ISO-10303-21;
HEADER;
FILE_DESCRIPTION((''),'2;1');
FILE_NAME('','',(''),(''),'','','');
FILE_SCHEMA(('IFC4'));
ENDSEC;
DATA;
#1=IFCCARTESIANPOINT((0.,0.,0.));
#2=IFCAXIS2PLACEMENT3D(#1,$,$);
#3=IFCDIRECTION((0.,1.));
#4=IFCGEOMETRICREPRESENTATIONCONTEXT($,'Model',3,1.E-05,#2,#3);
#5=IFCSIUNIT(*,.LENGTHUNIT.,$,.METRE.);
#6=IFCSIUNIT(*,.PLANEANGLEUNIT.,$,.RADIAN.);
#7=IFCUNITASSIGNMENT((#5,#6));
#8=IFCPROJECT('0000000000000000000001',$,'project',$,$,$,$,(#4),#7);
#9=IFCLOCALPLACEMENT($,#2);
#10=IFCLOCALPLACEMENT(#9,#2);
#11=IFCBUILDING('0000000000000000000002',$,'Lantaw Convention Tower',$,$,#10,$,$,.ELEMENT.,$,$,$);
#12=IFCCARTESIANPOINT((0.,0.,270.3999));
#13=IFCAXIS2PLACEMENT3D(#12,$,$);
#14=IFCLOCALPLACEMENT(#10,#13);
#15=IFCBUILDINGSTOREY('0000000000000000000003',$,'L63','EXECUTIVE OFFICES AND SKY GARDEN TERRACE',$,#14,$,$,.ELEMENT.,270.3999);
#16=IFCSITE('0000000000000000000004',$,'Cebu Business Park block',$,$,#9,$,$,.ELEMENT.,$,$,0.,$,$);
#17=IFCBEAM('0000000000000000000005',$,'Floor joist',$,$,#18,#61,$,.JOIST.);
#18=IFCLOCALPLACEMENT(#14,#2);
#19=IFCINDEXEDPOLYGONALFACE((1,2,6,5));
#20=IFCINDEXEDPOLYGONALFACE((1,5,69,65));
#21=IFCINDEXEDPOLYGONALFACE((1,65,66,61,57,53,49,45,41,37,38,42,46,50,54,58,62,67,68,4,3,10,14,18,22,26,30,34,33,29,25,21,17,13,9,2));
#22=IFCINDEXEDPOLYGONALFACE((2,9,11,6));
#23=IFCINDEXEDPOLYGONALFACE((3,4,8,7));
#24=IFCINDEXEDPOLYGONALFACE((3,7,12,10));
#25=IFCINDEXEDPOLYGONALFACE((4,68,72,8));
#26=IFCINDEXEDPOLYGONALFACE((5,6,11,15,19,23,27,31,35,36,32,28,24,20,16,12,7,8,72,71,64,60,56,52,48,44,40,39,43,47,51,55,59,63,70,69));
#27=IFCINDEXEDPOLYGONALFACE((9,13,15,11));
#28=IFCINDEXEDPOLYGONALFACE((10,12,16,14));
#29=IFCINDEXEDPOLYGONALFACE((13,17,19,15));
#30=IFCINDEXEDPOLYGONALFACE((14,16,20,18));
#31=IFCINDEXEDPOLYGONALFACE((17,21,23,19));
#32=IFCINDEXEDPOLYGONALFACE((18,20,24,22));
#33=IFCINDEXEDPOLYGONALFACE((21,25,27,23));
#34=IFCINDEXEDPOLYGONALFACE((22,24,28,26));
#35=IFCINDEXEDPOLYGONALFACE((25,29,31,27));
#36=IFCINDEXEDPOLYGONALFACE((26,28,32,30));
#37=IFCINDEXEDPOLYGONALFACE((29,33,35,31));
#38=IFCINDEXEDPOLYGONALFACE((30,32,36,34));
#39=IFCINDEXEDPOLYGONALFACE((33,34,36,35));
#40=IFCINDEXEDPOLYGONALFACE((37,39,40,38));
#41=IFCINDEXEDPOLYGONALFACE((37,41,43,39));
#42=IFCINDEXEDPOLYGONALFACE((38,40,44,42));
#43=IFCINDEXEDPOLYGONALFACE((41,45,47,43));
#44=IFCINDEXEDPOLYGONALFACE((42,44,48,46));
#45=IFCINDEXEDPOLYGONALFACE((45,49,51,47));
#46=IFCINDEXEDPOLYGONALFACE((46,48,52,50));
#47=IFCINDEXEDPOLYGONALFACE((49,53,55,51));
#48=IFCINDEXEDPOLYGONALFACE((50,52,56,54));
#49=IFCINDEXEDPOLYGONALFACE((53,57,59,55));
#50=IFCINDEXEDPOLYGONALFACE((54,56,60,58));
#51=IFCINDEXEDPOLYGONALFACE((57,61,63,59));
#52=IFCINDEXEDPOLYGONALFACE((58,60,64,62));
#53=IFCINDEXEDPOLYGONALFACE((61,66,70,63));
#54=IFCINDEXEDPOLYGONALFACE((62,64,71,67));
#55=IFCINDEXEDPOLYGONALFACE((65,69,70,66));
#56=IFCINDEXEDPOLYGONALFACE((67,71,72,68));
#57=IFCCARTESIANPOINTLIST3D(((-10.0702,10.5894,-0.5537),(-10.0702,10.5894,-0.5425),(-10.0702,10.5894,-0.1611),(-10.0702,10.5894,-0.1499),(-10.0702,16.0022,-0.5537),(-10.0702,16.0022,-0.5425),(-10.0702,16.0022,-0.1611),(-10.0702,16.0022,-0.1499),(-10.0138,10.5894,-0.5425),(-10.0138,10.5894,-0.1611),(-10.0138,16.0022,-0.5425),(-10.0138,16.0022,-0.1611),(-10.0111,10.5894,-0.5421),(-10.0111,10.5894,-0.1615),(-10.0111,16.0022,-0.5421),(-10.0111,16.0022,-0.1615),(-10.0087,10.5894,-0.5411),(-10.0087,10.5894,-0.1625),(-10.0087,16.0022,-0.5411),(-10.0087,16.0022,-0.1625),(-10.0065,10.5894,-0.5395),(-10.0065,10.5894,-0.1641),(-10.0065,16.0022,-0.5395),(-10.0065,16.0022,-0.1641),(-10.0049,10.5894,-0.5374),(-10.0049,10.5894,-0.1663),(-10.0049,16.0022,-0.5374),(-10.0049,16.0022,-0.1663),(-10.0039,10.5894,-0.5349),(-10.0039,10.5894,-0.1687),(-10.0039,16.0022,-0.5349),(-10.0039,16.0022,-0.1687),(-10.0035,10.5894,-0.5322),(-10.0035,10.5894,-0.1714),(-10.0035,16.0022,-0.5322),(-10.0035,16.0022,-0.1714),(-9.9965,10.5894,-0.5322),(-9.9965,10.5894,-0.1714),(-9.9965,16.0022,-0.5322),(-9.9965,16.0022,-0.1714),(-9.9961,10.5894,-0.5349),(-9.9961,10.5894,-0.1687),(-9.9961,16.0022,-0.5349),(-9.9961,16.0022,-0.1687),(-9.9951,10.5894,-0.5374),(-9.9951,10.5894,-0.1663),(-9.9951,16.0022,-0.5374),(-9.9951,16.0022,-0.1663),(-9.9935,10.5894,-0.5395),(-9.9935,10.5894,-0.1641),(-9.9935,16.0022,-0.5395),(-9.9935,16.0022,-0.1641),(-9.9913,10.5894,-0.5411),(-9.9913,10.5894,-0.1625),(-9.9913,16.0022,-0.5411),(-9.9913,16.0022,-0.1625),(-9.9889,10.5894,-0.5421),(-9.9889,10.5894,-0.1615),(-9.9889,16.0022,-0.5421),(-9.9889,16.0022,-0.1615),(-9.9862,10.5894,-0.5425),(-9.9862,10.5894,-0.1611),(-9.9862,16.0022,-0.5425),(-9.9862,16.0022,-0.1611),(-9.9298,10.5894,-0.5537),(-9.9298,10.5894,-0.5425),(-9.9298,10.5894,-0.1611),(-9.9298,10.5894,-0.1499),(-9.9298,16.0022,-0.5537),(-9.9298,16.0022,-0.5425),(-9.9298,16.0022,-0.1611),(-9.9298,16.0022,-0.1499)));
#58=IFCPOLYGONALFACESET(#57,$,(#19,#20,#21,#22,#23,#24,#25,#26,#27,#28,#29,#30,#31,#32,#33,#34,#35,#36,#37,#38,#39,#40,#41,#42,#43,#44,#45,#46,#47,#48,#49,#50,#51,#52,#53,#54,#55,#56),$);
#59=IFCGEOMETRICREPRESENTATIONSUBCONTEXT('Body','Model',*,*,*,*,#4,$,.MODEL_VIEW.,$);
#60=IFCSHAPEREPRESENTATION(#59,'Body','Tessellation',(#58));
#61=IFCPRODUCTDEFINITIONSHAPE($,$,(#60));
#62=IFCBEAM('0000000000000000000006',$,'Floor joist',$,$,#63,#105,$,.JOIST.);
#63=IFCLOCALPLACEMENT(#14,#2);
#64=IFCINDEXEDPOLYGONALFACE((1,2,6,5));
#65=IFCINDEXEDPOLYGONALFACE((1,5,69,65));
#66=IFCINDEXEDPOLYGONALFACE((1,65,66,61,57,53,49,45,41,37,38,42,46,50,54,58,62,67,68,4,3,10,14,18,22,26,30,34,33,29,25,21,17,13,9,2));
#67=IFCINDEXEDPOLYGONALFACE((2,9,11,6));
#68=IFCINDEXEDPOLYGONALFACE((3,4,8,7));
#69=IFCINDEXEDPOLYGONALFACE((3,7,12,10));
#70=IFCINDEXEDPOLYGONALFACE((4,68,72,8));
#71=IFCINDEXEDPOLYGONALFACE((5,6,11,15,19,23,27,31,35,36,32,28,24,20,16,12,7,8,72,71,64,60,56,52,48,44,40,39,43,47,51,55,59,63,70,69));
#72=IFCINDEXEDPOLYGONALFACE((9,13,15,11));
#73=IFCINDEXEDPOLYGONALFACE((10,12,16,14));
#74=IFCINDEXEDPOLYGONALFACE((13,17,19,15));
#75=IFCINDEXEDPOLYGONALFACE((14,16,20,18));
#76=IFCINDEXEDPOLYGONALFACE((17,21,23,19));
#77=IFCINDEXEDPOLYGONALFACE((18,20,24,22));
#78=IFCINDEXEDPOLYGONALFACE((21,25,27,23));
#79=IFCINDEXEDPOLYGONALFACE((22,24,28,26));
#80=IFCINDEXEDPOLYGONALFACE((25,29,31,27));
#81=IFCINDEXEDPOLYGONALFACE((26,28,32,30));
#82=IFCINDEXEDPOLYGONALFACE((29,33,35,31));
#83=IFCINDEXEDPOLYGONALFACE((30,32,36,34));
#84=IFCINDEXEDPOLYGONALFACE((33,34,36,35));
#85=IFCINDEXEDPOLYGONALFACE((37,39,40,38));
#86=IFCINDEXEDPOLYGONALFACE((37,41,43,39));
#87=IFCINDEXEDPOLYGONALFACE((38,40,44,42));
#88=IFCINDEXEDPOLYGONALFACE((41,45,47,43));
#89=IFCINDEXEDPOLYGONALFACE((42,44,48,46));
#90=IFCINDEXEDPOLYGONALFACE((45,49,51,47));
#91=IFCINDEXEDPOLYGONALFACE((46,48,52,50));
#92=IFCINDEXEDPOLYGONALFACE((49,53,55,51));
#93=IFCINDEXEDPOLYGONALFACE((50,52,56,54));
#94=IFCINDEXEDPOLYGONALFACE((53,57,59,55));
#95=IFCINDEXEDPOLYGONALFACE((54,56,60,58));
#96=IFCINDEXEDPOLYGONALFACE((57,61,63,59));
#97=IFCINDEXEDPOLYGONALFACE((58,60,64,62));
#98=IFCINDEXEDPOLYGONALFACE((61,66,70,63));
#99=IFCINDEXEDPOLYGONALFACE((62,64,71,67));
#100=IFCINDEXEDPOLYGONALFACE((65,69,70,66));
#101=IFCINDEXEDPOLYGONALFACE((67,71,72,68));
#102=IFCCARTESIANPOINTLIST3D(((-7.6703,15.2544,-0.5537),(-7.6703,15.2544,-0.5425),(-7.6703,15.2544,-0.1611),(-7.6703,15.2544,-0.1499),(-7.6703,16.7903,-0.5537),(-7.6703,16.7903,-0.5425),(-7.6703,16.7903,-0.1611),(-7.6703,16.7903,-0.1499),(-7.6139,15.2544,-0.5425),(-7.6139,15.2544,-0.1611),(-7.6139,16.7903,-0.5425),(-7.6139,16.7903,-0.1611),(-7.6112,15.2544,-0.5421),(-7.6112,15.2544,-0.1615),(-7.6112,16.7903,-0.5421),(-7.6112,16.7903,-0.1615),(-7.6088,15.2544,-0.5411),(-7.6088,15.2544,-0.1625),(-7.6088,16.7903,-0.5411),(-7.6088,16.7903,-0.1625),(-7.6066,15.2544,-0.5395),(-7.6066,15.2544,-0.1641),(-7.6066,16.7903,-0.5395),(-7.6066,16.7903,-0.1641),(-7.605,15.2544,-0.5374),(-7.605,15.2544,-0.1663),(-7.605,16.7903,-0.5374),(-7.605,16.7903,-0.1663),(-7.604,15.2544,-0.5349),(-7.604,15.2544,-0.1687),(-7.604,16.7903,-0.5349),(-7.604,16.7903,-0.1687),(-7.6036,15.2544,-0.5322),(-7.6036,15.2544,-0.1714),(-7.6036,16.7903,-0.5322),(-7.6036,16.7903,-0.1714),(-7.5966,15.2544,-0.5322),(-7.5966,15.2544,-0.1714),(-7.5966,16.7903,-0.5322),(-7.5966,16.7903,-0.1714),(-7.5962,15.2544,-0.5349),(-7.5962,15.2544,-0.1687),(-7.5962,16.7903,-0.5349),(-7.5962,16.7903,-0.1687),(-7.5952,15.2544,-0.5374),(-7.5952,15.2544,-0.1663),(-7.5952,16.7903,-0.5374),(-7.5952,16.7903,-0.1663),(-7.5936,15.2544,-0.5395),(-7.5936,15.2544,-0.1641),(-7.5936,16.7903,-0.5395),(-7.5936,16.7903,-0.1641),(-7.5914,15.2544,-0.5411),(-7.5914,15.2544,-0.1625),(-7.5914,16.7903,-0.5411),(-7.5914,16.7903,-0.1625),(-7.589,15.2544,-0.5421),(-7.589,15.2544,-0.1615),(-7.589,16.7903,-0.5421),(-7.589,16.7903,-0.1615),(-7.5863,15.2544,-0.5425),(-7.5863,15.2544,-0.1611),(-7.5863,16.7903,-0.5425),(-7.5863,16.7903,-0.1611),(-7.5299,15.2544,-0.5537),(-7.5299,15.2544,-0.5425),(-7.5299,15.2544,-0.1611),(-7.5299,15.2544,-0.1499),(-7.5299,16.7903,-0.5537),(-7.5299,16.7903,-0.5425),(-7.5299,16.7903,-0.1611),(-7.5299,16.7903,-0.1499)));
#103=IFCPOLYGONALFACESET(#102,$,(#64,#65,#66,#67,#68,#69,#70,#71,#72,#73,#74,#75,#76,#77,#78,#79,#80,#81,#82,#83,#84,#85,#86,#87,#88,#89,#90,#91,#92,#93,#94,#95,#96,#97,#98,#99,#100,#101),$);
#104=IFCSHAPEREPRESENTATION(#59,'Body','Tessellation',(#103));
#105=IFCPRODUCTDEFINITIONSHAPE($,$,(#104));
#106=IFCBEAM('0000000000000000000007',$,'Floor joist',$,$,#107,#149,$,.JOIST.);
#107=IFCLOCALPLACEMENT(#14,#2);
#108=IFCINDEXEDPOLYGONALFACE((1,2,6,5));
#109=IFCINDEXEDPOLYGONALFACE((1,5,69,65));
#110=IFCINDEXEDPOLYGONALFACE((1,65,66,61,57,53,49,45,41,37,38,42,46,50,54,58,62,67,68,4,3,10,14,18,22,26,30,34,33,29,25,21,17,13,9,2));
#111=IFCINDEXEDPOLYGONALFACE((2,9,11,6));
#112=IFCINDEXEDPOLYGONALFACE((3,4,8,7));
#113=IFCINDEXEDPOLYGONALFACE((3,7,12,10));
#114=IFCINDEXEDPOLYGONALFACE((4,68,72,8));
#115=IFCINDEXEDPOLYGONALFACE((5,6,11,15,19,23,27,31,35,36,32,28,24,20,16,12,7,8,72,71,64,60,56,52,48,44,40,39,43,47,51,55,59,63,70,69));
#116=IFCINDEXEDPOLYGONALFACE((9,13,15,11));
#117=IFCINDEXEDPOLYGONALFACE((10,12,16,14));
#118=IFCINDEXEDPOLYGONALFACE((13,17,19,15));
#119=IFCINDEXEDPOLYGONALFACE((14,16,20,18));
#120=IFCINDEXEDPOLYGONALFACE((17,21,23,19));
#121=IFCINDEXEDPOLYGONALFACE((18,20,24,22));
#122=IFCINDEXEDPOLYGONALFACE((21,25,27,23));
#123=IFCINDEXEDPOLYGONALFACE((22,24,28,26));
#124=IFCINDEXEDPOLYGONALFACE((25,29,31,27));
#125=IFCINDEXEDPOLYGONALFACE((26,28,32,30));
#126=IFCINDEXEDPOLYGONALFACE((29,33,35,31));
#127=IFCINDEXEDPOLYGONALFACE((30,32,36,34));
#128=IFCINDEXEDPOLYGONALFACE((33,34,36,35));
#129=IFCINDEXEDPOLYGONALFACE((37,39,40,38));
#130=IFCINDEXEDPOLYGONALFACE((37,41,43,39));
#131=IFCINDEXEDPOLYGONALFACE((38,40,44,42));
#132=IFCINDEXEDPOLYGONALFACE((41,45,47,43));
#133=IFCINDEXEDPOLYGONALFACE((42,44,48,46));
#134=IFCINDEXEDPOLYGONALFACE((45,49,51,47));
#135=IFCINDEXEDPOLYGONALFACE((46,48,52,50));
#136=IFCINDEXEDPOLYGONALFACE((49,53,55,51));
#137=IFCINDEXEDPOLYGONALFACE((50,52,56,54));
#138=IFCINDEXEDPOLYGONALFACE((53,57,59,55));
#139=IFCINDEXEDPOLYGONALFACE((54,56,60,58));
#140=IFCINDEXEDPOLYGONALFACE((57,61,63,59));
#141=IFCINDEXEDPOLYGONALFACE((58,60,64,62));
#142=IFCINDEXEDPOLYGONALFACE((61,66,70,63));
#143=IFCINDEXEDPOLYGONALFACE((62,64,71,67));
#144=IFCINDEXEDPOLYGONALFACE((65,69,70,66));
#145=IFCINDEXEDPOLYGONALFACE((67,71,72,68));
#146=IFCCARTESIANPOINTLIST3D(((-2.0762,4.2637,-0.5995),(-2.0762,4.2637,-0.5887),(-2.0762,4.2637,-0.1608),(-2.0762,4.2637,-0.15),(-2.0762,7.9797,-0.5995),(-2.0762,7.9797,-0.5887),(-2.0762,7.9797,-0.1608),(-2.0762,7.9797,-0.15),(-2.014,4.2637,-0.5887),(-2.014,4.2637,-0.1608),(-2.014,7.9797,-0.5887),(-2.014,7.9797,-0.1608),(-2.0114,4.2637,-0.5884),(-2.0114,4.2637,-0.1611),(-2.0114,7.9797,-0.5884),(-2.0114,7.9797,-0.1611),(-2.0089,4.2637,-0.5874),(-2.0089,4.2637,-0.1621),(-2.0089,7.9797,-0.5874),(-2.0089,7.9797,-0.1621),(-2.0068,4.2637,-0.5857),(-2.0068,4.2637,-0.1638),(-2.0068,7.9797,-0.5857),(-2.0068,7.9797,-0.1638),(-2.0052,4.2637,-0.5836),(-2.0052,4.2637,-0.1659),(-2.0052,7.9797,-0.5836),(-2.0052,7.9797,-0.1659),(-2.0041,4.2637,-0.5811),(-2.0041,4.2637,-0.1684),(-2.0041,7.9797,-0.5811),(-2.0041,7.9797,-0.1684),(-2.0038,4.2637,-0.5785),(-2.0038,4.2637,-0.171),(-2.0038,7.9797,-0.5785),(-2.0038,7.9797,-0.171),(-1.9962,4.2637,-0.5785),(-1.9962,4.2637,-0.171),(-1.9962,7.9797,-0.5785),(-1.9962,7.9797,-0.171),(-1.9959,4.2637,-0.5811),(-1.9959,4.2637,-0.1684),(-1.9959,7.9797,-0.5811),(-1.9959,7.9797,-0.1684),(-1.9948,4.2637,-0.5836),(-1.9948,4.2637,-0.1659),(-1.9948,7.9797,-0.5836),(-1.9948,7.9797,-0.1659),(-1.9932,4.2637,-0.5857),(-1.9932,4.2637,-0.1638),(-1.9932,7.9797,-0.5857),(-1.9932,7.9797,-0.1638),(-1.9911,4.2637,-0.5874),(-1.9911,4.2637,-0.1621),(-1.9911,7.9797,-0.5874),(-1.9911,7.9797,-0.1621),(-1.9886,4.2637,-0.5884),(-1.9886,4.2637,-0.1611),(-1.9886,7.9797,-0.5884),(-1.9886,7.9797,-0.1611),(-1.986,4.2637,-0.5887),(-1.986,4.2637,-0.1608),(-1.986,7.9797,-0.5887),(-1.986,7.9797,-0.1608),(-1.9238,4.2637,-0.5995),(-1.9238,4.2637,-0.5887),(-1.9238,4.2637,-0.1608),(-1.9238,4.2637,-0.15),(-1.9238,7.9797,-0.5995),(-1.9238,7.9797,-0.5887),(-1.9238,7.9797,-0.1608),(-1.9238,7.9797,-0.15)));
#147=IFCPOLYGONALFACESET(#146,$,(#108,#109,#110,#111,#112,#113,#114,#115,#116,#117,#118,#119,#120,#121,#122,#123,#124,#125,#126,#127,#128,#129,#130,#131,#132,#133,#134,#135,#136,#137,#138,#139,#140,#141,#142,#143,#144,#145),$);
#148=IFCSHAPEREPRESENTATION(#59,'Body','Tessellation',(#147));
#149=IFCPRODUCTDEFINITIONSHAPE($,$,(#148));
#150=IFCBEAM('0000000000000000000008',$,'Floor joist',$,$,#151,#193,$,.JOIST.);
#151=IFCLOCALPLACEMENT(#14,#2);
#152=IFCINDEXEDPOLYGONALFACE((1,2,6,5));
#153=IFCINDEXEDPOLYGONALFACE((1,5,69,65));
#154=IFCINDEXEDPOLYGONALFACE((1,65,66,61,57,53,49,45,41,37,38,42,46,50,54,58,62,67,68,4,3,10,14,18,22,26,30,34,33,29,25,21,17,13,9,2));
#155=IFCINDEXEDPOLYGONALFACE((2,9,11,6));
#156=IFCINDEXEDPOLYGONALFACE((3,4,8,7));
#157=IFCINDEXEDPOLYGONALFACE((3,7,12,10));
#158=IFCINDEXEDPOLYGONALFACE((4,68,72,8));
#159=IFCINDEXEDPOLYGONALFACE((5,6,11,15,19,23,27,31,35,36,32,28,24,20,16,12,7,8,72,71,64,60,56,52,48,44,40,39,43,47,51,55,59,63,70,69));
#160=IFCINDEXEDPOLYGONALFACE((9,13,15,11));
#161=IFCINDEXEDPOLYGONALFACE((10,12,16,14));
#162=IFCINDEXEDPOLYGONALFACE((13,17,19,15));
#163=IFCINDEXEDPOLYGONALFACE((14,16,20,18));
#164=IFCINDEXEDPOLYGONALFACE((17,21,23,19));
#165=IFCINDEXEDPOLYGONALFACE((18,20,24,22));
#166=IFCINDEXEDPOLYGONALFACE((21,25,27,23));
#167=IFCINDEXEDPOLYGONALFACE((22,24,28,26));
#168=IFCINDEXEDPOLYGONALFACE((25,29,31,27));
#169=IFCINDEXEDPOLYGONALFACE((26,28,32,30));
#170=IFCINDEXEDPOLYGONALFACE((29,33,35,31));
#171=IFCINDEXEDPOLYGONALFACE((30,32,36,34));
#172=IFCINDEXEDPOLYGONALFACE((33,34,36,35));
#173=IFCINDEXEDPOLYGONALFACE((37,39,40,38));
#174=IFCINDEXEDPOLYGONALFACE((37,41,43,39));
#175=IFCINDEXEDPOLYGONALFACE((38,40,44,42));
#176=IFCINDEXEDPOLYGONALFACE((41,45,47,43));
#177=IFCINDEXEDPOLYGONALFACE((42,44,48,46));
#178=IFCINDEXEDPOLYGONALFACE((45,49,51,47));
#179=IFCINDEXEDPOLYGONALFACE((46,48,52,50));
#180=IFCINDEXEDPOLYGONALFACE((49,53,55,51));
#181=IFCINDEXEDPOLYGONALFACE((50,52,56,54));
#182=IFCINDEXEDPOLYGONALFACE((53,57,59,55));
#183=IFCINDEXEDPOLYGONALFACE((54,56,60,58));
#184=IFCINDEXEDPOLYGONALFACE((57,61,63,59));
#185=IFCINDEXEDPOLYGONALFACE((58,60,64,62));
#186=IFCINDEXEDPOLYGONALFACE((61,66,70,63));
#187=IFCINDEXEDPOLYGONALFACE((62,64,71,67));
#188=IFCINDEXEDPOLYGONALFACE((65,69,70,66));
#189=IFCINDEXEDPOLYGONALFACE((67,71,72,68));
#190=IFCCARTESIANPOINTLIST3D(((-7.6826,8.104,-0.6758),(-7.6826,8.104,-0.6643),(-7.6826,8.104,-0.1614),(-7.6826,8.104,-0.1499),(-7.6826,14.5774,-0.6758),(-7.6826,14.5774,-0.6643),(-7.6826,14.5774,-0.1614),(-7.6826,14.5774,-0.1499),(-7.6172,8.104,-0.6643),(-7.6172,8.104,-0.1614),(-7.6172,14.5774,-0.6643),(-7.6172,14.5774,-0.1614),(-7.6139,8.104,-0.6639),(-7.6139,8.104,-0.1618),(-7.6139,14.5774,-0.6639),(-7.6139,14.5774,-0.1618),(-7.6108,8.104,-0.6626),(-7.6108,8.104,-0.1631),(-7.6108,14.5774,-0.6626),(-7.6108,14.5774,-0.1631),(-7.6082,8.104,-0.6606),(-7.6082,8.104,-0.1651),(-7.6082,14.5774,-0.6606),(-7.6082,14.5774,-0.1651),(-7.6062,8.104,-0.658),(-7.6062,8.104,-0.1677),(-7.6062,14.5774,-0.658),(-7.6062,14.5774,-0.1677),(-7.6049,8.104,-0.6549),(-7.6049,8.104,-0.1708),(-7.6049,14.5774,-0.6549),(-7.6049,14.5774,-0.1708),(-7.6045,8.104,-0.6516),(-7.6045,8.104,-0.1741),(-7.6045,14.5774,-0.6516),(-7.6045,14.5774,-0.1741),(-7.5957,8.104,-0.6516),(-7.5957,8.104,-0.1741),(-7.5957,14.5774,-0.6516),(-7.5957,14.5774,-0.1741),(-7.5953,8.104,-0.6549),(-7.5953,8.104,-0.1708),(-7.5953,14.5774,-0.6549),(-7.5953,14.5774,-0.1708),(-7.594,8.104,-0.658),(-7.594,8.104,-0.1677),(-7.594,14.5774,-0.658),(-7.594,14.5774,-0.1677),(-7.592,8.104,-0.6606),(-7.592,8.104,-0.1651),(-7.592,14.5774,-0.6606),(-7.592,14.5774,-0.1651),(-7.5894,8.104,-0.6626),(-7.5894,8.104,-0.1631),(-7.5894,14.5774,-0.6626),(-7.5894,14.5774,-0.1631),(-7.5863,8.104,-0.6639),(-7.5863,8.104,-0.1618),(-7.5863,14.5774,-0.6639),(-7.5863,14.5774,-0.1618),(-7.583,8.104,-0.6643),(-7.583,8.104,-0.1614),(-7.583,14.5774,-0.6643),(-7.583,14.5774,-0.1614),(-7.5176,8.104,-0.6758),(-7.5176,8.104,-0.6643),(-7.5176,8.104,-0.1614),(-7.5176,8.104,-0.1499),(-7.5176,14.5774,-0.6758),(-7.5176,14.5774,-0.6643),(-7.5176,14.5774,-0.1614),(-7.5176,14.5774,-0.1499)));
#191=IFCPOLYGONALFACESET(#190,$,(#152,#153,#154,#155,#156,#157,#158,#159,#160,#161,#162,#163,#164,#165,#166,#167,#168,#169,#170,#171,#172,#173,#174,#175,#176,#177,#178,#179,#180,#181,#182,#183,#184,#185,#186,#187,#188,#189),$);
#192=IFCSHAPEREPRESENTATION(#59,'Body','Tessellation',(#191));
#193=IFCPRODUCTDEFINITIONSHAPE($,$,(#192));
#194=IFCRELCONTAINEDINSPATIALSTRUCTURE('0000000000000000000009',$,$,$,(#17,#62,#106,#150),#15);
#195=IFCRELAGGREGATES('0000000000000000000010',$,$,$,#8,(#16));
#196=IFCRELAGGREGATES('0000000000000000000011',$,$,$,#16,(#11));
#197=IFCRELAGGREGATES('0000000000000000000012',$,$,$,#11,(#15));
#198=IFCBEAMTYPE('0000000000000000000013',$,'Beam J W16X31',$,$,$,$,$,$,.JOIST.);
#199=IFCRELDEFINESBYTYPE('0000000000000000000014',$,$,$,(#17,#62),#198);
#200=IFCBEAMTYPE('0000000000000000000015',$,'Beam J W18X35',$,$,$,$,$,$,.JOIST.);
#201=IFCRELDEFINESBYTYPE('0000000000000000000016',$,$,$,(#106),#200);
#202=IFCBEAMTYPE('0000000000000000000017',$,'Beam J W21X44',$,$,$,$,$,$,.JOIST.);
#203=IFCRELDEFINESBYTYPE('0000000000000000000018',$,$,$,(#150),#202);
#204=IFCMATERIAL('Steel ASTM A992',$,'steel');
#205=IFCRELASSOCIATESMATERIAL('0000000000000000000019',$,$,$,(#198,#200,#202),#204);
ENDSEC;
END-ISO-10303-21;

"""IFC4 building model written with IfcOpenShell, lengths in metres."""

from ifc_helpers import new_model, si_unit, direction, frame, origin, origin_2d, place, context, subcontext, project, spatial, i_section, extrude, material, material_profile, profile_set, type_object, element, save


model = new_model("IFC4")

# Units and contexts
model_context = context("Model", 3, precision=1e-05, world=origin(), true_north=direction((0.0, 1.0)))
body_context = subcontext(model_context, "Body", "Model", "MODEL_VIEW")
ifc_project = project(units=[si_unit("LENGTHUNIT", "METRE"), si_unit("PLANEANGLEUNIT", "RADIAN")], contexts=[model_context])

# Site, building, storey
site_placement = place(None, origin())
site = spatial("IfcSite", under=ifc_project, at=site_placement, Name="Cebu Business Park block", CompositionType="ELEMENT", RefElevation=0.0)
building_placement = place(site_placement, origin())
building = spatial("IfcBuilding", under=site, at=building_placement, Name="Lantaw Convention Tower", CompositionType="ELEMENT")
storey_placement = place(building_placement, frame((0.0, 0.0, 270.3999)))
storey = spatial("IfcBuildingStorey", under=building, at=storey_placement, Name="L63", Description="EXECUTIVE OFFICES AND SKY GARDEN TERRACE", CompositionType="ELEMENT", Elevation=270.3999)

# Beams
ifc_material_1 = material(Name="Steel ASTM A992", Category="steel")
ifc_material_profile_1 = material_profile(ifc_material_1, i_section(OverallWidth=0.1404, OverallDepth=0.4038, WebThickness=0.0071, FlangeThickness=0.0112, FilletRadius=0.0103, at=origin_2d()), Name="W16X31")
ifc_profile_set_1 = profile_set([ifc_material_profile_1], Name="Steel ASTM A992")
beam_type_1 = type_object("IfcBeamType", Name="Beam J W16X31", PredefinedType="JOIST", material=ifc_profile_set_1)
beam_1_placement = place(storey_placement, frame((-10.0, 10.5894, -0.3518), z_axis=(0.0, 1.0, 0.0), x_axis=(-1.0, 0.0, 0.0)))
element("IfcBeam", 1, at=beam_1_placement, inside=storey, type_object=beam_type_1, Name="Floor joist", PredefinedType="JOIST", context=body_context, shape_type="SweptSolid", body=[
    extrude(i_section(OverallWidth=0.1404, OverallDepth=0.4038, WebThickness=0.0071, FlangeThickness=0.0112, FilletRadius=0.0103, at=origin_2d()), origin(), (0.0, 0.0, 1.0), 5.4128),
])
beam_2_placement = place(storey_placement, frame((-7.6001, 15.2544, -0.3518), z_axis=(0.0, 1.0, 0.0), x_axis=(-1.0, 0.0, 0.0)))
element("IfcBeam", 2, at=beam_2_placement, inside=storey, type_object=beam_type_1, Name="Floor joist", PredefinedType="JOIST", context=body_context, shape_type="SweptSolid", body=[
    extrude(i_section(OverallWidth=0.1404, OverallDepth=0.4038, WebThickness=0.0071, FlangeThickness=0.0112, FilletRadius=0.0103, at=origin_2d()), origin(), (0.0, 0.0, 1.0), 1.5359),
])
ifc_material_profile_2 = material_profile(ifc_material_1, i_section(OverallWidth=0.1523, OverallDepth=0.4495, WebThickness=0.0076, FlangeThickness=0.0107, FilletRadius=0.0103, at=origin_2d()), Name="W18X35")
ifc_profile_set_2 = profile_set([ifc_material_profile_2], Name="Steel ASTM A992")
beam_type_2 = type_object("IfcBeamType", Name="Beam J W18X35", PredefinedType="JOIST", material=ifc_profile_set_2)
beam_3_placement = place(storey_placement, frame((-2.0, 4.2637, -0.3748), z_axis=(0.0, 1.0, 0.0), x_axis=(-1.0, 0.0, 0.0)))
element("IfcBeam", 3, at=beam_3_placement, inside=storey, type_object=beam_type_2, Name="Floor joist", PredefinedType="JOIST", context=body_context, shape_type="SweptSolid", body=[
    extrude(i_section(OverallWidth=0.1523, OverallDepth=0.4495, WebThickness=0.0076, FlangeThickness=0.0107, FilletRadius=0.0103, at=origin_2d()), origin(), (0.0, 0.0, 1.0), 3.7161),
])
ifc_material_profile_3 = material_profile(ifc_material_1, i_section(OverallWidth=0.165, OverallDepth=0.5259, WebThickness=0.0088, FlangeThickness=0.0115, FilletRadius=0.0127, at=origin_2d()), Name="W21X44")
ifc_profile_set_3 = profile_set([ifc_material_profile_3], Name="Steel ASTM A992")
beam_type_3 = type_object("IfcBeamType", Name="Beam J W21X44", PredefinedType="JOIST", material=ifc_profile_set_3)
beam_4_placement = place(storey_placement, frame((-7.6001, 8.104, -0.4128), z_axis=(0.0, 1.0, 0.0), x_axis=(-1.0, 0.0, 0.0)))
element("IfcBeam", 4, at=beam_4_placement, inside=storey, type_object=beam_type_3, Name="Floor joist", PredefinedType="JOIST", context=body_context, shape_type="SweptSolid", body=[
    extrude(i_section(OverallWidth=0.165, OverallDepth=0.5259, WebThickness=0.0088, FlangeThickness=0.0115, FilletRadius=0.0127, at=origin_2d()), origin(), (0.0, 0.0, 1.0), 6.4734),
])

save(model, "model.ifc")
